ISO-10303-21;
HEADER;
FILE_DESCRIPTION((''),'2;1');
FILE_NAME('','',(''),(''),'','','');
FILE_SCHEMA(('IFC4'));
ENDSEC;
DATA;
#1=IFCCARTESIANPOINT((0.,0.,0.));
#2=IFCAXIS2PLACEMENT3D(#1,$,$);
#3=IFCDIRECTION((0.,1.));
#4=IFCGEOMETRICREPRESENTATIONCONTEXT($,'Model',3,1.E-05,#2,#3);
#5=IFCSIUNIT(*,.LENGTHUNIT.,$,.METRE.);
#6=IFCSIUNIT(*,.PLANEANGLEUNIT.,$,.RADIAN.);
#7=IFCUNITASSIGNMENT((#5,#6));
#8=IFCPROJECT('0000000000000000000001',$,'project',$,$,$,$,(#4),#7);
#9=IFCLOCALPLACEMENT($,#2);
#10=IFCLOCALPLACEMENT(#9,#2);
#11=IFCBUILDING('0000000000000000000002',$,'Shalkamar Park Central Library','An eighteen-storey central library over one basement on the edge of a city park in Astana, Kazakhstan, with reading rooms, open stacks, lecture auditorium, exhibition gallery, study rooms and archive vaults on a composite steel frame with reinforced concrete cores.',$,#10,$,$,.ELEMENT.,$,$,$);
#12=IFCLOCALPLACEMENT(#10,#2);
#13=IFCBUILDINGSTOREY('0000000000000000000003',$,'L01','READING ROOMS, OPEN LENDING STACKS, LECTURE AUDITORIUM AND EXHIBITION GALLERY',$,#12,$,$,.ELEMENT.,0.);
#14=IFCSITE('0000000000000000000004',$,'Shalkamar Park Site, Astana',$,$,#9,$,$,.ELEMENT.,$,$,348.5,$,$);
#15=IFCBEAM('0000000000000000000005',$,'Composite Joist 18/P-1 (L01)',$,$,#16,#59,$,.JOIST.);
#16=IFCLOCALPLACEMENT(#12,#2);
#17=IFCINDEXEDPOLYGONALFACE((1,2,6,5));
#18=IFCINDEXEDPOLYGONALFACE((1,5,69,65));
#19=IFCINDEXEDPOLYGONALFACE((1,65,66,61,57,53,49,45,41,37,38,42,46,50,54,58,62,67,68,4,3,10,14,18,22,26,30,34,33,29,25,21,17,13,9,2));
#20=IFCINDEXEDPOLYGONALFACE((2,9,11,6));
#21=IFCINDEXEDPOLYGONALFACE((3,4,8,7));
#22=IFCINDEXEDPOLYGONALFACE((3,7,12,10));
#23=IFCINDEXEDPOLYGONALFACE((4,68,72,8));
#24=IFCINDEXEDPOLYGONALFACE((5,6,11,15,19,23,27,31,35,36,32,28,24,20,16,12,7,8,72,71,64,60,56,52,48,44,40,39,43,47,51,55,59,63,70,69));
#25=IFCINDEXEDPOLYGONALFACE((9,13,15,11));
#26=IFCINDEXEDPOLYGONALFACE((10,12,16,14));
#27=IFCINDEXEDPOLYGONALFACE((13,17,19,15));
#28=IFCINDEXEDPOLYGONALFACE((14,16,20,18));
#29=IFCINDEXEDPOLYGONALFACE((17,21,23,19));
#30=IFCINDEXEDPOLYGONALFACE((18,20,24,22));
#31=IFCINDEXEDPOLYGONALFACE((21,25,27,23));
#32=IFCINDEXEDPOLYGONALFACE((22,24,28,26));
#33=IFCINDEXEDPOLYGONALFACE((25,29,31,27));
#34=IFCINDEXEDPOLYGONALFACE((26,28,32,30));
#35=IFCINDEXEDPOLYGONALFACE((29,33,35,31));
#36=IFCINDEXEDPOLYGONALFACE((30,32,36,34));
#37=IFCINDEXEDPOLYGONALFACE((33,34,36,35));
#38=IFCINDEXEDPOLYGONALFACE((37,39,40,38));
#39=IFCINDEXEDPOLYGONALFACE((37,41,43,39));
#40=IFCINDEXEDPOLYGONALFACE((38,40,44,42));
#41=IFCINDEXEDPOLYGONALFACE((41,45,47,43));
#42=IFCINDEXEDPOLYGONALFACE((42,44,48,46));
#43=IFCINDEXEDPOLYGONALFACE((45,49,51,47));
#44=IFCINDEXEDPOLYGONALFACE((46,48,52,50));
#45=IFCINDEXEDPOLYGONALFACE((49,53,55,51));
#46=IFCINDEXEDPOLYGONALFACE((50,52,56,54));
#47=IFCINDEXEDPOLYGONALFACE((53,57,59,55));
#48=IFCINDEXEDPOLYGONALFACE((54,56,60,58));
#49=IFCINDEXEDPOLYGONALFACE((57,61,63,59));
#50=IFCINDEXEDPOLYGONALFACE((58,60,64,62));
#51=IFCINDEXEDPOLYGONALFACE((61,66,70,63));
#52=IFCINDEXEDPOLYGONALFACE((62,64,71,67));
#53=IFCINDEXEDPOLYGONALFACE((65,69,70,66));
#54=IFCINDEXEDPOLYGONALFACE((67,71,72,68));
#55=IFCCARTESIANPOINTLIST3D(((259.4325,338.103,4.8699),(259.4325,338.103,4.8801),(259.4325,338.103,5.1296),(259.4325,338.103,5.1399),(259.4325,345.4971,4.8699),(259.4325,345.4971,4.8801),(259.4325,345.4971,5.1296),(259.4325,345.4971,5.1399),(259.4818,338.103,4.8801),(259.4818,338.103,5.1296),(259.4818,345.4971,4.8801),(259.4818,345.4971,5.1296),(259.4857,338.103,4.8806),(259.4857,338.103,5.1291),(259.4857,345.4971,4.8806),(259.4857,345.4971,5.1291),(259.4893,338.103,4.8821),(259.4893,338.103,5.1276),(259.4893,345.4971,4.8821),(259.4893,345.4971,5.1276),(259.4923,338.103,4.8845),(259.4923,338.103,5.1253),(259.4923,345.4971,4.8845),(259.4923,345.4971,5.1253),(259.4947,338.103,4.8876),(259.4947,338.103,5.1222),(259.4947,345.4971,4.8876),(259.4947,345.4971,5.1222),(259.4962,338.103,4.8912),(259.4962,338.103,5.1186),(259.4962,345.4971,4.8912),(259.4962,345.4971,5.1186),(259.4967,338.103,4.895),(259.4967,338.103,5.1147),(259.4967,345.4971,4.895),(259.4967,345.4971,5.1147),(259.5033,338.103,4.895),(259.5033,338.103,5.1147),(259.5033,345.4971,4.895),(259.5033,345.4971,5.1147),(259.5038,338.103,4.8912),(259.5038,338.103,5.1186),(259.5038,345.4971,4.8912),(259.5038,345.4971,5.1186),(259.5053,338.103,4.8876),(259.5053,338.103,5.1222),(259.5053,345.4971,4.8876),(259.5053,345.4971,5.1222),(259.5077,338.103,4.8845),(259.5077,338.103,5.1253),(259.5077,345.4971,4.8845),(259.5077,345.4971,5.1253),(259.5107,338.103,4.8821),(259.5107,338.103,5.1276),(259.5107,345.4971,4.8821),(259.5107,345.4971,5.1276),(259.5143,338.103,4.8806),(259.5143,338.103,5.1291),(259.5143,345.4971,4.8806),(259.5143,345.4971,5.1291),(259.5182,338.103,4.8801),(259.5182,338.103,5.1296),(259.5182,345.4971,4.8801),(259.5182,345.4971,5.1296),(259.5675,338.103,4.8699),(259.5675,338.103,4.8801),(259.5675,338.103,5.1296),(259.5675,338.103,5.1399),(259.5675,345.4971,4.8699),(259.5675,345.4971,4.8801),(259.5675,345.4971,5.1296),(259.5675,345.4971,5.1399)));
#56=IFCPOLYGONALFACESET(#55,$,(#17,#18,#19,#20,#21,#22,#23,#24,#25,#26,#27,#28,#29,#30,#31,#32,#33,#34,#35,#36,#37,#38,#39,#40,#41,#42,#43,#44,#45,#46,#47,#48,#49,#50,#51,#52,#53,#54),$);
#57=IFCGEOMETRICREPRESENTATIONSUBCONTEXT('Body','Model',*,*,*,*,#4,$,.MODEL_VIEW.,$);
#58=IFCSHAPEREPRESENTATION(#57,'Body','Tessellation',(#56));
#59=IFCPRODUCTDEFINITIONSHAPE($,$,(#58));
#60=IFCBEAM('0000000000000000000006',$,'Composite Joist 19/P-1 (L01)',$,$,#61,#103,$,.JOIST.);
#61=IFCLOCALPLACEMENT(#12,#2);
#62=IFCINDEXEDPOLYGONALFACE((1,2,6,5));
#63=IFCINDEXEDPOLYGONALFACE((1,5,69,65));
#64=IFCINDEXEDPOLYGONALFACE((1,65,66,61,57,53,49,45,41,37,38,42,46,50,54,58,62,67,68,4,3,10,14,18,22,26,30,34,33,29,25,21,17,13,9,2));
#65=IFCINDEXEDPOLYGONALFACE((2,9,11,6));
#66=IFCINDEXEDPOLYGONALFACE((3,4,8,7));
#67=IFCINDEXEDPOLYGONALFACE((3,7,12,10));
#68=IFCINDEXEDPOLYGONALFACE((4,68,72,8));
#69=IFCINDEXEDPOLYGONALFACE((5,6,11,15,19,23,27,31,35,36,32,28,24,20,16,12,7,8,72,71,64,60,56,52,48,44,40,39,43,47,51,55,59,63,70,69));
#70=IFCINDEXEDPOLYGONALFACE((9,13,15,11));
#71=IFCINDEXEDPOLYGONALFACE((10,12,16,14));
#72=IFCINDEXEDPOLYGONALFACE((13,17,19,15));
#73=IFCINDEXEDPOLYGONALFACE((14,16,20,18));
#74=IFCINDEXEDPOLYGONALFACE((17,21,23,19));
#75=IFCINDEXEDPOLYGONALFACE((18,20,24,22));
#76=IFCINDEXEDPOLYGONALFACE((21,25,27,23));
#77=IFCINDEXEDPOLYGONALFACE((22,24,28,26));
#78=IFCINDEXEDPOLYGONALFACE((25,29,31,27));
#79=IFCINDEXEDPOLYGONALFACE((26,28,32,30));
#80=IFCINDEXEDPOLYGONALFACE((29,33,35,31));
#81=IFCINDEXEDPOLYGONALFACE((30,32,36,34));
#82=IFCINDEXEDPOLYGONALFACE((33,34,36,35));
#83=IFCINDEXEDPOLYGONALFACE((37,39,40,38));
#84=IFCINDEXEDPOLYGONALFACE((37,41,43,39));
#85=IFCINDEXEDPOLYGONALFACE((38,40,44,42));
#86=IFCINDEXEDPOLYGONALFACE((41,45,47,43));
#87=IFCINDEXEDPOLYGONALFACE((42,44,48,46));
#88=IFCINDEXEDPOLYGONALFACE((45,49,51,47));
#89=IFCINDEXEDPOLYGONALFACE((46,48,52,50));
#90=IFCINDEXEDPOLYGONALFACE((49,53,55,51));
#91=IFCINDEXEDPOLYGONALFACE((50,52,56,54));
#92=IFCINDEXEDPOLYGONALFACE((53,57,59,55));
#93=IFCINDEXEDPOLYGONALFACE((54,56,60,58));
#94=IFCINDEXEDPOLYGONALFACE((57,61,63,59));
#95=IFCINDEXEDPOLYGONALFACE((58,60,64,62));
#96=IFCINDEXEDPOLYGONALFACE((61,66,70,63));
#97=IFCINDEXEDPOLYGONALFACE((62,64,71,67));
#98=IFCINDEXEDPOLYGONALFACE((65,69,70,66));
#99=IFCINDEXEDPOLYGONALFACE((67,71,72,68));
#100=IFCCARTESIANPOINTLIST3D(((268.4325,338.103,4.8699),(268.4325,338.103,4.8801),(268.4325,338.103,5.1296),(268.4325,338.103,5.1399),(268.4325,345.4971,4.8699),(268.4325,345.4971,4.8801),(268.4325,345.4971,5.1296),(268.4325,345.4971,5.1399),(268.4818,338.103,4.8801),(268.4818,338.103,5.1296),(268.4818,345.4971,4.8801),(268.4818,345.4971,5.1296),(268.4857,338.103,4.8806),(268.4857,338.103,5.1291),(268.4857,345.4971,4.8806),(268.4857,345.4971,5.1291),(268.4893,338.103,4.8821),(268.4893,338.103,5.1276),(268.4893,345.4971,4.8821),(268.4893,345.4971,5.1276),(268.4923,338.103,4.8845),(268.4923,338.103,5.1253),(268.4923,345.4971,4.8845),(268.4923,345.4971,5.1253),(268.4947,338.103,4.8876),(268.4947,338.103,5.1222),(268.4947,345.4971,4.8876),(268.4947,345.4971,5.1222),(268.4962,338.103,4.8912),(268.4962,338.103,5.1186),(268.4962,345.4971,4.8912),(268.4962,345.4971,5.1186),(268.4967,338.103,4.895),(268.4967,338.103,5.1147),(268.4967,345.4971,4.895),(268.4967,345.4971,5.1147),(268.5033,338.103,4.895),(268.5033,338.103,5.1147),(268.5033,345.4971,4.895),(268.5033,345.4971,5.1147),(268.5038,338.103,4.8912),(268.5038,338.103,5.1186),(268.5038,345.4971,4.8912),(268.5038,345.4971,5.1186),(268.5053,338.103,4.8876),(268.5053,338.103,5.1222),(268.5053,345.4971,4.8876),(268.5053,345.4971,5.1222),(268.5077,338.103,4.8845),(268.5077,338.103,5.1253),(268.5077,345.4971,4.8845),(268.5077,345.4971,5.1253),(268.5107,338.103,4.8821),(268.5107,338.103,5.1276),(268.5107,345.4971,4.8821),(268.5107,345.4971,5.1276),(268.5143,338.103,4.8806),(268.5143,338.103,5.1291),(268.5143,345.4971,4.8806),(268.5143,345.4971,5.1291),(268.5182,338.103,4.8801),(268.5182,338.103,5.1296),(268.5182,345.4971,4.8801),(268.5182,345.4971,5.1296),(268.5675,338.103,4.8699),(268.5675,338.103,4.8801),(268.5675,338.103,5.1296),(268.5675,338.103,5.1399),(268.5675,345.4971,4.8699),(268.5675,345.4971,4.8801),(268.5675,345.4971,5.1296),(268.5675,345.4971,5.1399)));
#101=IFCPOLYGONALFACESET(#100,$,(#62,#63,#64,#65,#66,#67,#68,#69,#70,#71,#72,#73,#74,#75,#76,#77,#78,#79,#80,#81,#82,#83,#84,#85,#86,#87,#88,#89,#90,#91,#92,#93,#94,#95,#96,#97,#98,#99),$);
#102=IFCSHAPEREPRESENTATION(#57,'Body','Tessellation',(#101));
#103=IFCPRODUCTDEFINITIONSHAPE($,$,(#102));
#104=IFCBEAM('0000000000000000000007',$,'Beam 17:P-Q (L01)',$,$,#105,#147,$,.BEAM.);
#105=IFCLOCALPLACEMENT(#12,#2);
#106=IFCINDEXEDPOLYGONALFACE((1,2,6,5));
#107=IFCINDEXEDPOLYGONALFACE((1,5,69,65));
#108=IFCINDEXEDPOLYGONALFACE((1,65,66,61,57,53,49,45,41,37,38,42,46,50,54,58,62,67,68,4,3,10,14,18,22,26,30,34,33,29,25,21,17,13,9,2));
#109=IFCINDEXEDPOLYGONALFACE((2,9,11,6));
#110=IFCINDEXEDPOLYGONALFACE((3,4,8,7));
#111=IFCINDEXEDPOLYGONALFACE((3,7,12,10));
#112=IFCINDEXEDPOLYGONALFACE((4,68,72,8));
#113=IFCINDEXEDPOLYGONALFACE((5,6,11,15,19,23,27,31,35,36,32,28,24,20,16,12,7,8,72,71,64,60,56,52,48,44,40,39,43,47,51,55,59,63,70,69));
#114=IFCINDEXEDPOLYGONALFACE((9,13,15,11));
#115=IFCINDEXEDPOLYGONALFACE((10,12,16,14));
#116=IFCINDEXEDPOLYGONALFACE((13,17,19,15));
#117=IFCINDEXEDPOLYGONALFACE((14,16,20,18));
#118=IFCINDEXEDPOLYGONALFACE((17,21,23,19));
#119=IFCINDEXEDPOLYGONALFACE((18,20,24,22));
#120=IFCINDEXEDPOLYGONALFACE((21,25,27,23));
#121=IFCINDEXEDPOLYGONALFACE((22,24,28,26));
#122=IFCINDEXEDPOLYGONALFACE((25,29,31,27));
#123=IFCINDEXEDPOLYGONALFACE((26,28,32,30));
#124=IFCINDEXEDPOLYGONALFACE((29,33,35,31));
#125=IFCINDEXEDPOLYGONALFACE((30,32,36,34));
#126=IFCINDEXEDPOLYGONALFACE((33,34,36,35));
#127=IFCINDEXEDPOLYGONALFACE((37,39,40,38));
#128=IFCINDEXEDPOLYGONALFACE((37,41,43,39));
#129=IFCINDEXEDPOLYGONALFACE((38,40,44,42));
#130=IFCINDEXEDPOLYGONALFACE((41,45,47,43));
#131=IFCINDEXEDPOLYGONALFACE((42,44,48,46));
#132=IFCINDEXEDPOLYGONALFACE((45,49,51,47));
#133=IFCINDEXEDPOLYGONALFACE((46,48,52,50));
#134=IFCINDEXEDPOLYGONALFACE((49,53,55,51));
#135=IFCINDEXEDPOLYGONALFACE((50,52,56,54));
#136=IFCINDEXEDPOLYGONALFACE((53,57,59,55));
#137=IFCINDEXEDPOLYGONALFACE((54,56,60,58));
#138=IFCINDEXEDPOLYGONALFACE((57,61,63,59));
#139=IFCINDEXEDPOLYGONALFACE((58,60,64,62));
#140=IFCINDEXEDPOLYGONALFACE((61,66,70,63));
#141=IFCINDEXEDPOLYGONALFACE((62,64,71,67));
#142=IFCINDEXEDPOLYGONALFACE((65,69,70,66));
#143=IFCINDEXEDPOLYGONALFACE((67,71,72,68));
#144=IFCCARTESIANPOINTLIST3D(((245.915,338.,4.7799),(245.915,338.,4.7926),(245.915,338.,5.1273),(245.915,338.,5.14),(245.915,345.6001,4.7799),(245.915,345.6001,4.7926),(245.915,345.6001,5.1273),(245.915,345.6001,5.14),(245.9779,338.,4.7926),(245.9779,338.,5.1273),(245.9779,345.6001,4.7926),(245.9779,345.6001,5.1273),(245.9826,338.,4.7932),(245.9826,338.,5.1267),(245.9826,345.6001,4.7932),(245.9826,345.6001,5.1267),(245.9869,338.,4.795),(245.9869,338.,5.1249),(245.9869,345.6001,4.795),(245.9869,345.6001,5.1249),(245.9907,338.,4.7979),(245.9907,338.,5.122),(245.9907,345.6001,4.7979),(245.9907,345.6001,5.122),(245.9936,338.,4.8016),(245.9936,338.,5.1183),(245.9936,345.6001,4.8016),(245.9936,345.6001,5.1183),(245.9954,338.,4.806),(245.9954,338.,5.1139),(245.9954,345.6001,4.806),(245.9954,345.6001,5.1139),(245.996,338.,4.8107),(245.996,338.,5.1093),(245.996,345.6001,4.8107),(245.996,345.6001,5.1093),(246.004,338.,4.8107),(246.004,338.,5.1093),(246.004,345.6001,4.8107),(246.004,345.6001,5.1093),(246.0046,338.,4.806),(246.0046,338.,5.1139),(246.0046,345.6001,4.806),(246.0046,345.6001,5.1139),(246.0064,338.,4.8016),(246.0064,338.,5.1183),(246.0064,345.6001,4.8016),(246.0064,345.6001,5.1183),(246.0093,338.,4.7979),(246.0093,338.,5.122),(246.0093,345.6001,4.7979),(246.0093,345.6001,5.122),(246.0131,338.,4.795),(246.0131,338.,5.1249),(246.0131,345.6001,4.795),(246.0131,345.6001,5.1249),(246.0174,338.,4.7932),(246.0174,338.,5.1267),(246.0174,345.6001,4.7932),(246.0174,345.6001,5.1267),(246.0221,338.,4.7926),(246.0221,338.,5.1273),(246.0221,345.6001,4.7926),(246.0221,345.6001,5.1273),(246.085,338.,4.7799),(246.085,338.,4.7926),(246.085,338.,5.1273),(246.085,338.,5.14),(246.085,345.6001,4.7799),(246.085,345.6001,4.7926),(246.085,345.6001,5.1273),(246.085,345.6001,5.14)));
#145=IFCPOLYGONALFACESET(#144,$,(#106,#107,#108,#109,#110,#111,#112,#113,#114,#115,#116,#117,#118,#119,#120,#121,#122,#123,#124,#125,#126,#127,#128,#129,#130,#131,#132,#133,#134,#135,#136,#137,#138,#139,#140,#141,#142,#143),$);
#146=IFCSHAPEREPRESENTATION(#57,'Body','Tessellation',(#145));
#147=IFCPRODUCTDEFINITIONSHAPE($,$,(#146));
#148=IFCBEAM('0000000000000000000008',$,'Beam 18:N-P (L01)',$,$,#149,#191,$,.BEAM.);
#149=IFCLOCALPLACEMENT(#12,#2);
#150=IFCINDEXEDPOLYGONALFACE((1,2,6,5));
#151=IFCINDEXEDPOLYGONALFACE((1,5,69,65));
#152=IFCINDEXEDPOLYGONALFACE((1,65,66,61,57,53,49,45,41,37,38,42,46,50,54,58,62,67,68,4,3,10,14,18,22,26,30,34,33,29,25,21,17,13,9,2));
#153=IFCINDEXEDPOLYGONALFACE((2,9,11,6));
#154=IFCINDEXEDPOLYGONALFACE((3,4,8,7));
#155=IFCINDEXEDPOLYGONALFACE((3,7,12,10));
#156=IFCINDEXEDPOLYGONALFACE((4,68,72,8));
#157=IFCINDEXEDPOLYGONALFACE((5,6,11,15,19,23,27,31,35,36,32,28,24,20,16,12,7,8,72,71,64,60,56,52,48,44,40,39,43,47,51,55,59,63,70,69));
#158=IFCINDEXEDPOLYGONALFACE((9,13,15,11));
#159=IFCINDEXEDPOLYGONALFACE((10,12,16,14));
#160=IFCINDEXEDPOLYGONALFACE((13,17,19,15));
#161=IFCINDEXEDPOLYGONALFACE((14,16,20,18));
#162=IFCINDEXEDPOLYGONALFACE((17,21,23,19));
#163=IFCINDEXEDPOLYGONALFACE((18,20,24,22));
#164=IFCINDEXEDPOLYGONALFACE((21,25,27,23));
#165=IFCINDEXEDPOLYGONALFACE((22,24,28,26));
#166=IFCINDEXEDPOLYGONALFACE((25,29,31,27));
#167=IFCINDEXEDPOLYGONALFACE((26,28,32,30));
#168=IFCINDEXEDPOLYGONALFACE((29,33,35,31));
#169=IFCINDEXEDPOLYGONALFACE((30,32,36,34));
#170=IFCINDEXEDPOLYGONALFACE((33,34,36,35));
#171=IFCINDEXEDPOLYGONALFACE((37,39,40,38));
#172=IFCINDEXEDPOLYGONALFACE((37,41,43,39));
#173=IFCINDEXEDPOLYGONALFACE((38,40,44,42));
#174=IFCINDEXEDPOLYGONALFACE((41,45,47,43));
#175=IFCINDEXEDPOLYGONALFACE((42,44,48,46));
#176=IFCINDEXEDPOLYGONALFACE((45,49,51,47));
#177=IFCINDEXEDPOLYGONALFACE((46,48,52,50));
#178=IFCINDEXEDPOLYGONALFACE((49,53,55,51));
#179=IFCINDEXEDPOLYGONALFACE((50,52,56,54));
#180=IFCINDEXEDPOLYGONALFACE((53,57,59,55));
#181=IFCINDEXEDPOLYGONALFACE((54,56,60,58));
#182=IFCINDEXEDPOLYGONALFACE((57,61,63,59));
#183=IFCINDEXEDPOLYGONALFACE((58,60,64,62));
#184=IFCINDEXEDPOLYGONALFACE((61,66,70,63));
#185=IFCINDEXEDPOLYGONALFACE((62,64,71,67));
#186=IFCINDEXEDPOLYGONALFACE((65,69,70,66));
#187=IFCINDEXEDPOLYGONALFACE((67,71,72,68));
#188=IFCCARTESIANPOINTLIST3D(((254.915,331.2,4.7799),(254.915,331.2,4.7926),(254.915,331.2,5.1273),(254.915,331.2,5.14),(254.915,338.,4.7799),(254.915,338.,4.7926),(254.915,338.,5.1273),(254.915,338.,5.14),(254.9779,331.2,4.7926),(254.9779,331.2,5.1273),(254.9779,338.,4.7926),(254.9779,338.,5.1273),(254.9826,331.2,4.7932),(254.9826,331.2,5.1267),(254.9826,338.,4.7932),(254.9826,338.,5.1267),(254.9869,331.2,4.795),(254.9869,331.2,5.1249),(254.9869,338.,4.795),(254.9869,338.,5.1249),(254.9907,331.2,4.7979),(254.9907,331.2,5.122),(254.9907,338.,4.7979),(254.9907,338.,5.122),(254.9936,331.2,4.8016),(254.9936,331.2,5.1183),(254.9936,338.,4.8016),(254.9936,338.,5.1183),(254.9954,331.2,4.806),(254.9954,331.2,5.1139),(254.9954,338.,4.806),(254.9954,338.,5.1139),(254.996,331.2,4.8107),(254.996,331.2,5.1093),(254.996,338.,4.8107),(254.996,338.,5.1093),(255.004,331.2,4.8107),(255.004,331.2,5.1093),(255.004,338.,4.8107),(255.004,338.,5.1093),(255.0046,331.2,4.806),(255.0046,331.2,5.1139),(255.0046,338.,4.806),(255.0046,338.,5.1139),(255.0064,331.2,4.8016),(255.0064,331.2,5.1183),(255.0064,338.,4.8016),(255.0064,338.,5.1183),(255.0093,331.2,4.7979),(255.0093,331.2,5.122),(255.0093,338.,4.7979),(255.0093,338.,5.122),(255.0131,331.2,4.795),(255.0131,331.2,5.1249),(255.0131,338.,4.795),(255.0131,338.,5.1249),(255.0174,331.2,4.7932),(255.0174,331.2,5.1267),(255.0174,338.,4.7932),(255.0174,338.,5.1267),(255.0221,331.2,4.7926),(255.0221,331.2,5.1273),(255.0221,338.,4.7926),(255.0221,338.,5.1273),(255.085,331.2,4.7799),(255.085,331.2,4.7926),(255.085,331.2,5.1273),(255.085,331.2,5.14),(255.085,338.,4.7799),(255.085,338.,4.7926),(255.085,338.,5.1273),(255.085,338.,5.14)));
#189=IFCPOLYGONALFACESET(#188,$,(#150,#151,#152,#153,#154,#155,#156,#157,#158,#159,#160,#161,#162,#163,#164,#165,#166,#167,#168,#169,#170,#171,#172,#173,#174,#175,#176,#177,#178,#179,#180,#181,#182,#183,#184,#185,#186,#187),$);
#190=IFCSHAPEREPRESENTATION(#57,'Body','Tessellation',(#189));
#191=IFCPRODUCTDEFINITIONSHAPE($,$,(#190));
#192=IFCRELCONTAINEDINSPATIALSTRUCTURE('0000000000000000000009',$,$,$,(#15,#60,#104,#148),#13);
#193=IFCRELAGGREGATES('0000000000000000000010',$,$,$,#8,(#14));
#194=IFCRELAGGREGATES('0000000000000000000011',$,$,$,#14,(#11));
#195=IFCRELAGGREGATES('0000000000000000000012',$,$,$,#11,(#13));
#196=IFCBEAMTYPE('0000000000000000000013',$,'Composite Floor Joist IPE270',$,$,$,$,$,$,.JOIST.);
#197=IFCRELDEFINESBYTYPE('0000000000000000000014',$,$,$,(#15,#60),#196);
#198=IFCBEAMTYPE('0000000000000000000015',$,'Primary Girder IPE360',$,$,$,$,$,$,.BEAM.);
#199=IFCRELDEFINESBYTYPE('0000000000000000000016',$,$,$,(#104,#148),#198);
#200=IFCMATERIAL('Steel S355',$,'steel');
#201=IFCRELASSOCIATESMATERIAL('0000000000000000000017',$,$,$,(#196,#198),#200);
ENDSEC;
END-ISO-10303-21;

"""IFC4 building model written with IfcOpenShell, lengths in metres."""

from ifc_helpers import new_model, si_unit, direction, frame, origin, origin_2d, place, context, subcontext, project, spatial, i_section, extrude, material, material_profile, profile_set, type_object, element, save


model = new_model("IFC4")

# Units and contexts
model_context = context("Model", 3, precision=1e-05, world=origin(), true_north=direction((0.0, 1.0)))
body_context = subcontext(model_context, "Body", "Model", "MODEL_VIEW")
ifc_project = project(units=[si_unit("LENGTHUNIT", "METRE"), si_unit("PLANEANGLEUNIT", "RADIAN")], contexts=[model_context])

# Site, building, storey
site_placement = place(None, origin())
site = spatial("IfcSite", under=ifc_project, at=site_placement, Name="Shalkamar Park Site, Astana", CompositionType="ELEMENT", RefElevation=348.5)
building_placement = place(site_placement, origin())
building = spatial("IfcBuilding", under=site, at=building_placement, Name="Shalkamar Park Central Library", Description="An eighteen-storey central library over one basement on the edge of a city park in Astana, Kazakhstan, with reading rooms, open stacks, lecture auditorium, exhibition gallery, study rooms and archive vaults on a composite steel frame with reinforced concrete cores.", CompositionType="ELEMENT")
storey_placement = place(building_placement, origin())
storey = spatial("IfcBuildingStorey", under=building, at=storey_placement, Name="L01", Description="READING ROOMS, OPEN LENDING STACKS, LECTURE AUDITORIUM AND EXHIBITION GALLERY", CompositionType="ELEMENT", Elevation=0.0)

# Shared definitions
ifc_material_1 = material(Name="Steel S355", Category="steel")

# Beams
ifc_material_profile_1 = material_profile(ifc_material_1, i_section(OverallWidth=0.135, OverallDepth=0.27, WebThickness=0.0066, FlangeThickness=0.0103, FilletRadius=0.0149, at=origin_2d()), Name="IPE 270")
ifc_profile_set_1 = profile_set([ifc_material_profile_1], Name="Steel S355")
beam_type_1 = type_object("IfcBeamType", Name="Composite Floor Joist IPE270", PredefinedType="JOIST", material=ifc_profile_set_1)
for number, where, z_axis, x_axis, name in (
    (1, (259.5, 338.103, 5.0049), (0.0, 1.0, 0.0), (-1.0, 0.0, 0.0), "Composite Joist 18/P-1 (L01)"),
    (2, (268.5, 338.103, 5.0049), (0.0, 1.0, 0.0), (-1.0, 0.0, 0.0), "Composite Joist 19/P-1 (L01)"),
):
    element("IfcBeam", number, at=place(storey_placement, frame(where, z_axis=z_axis, x_axis=x_axis)), inside=storey, type_object=beam_type_1, Name=name, PredefinedType="JOIST", context=body_context, shape_type="SweptSolid", body=[
        extrude(i_section(OverallWidth=0.135, OverallDepth=0.27, WebThickness=0.0066, FlangeThickness=0.0103, FilletRadius=0.0149, at=origin_2d()), origin(), (0.0, 0.0, 1.0), 7.394),
    ])
ifc_material_profile_2 = material_profile(ifc_material_1, i_section(OverallWidth=0.1699, OverallDepth=0.3601, WebThickness=0.0081, FlangeThickness=0.0127, FilletRadius=0.0181, at=origin_2d()), Name="IPE 360")
ifc_profile_set_2 = profile_set([ifc_material_profile_2], Name="Steel S355")
beam_type_2 = type_object("IfcBeamType", Name="Primary Girder IPE360", PredefinedType="BEAM", material=ifc_profile_set_2)
beam_1_placement = place(storey_placement, frame((246.0, 338.0, 4.96), z_axis=(0.0, 1.0, 0.0), x_axis=(-1.0, 0.0, 0.0)))
element("IfcBeam", 3, at=beam_1_placement, inside=storey, type_object=beam_type_2, Name="Beam 17:P-Q (L01)", PredefinedType="BEAM", context=body_context, shape_type="SweptSolid", body=[
    extrude(i_section(OverallWidth=0.1699, OverallDepth=0.3601, WebThickness=0.0081, FlangeThickness=0.0127, FilletRadius=0.0181, at=origin_2d()), origin(), (0.0, 0.0, 1.0), 7.6001),
])
beam_2_placement = place(storey_placement, frame((255.0, 331.2, 4.96), z_axis=(0.0, 1.0, 0.0), x_axis=(-1.0, 0.0, 0.0)))
element("IfcBeam", 4, at=beam_2_placement, inside=storey, type_object=beam_type_2, Name="Beam 18:N-P (L01)", PredefinedType="BEAM", context=body_context, shape_type="SweptSolid", body=[
    extrude(i_section(OverallWidth=0.1699, OverallDepth=0.3601, WebThickness=0.0081, FlangeThickness=0.0127, FilletRadius=0.0181, at=origin_2d()), origin(), (0.0, 0.0, 1.0), 6.8),
])

save(model, "model.ifc")
